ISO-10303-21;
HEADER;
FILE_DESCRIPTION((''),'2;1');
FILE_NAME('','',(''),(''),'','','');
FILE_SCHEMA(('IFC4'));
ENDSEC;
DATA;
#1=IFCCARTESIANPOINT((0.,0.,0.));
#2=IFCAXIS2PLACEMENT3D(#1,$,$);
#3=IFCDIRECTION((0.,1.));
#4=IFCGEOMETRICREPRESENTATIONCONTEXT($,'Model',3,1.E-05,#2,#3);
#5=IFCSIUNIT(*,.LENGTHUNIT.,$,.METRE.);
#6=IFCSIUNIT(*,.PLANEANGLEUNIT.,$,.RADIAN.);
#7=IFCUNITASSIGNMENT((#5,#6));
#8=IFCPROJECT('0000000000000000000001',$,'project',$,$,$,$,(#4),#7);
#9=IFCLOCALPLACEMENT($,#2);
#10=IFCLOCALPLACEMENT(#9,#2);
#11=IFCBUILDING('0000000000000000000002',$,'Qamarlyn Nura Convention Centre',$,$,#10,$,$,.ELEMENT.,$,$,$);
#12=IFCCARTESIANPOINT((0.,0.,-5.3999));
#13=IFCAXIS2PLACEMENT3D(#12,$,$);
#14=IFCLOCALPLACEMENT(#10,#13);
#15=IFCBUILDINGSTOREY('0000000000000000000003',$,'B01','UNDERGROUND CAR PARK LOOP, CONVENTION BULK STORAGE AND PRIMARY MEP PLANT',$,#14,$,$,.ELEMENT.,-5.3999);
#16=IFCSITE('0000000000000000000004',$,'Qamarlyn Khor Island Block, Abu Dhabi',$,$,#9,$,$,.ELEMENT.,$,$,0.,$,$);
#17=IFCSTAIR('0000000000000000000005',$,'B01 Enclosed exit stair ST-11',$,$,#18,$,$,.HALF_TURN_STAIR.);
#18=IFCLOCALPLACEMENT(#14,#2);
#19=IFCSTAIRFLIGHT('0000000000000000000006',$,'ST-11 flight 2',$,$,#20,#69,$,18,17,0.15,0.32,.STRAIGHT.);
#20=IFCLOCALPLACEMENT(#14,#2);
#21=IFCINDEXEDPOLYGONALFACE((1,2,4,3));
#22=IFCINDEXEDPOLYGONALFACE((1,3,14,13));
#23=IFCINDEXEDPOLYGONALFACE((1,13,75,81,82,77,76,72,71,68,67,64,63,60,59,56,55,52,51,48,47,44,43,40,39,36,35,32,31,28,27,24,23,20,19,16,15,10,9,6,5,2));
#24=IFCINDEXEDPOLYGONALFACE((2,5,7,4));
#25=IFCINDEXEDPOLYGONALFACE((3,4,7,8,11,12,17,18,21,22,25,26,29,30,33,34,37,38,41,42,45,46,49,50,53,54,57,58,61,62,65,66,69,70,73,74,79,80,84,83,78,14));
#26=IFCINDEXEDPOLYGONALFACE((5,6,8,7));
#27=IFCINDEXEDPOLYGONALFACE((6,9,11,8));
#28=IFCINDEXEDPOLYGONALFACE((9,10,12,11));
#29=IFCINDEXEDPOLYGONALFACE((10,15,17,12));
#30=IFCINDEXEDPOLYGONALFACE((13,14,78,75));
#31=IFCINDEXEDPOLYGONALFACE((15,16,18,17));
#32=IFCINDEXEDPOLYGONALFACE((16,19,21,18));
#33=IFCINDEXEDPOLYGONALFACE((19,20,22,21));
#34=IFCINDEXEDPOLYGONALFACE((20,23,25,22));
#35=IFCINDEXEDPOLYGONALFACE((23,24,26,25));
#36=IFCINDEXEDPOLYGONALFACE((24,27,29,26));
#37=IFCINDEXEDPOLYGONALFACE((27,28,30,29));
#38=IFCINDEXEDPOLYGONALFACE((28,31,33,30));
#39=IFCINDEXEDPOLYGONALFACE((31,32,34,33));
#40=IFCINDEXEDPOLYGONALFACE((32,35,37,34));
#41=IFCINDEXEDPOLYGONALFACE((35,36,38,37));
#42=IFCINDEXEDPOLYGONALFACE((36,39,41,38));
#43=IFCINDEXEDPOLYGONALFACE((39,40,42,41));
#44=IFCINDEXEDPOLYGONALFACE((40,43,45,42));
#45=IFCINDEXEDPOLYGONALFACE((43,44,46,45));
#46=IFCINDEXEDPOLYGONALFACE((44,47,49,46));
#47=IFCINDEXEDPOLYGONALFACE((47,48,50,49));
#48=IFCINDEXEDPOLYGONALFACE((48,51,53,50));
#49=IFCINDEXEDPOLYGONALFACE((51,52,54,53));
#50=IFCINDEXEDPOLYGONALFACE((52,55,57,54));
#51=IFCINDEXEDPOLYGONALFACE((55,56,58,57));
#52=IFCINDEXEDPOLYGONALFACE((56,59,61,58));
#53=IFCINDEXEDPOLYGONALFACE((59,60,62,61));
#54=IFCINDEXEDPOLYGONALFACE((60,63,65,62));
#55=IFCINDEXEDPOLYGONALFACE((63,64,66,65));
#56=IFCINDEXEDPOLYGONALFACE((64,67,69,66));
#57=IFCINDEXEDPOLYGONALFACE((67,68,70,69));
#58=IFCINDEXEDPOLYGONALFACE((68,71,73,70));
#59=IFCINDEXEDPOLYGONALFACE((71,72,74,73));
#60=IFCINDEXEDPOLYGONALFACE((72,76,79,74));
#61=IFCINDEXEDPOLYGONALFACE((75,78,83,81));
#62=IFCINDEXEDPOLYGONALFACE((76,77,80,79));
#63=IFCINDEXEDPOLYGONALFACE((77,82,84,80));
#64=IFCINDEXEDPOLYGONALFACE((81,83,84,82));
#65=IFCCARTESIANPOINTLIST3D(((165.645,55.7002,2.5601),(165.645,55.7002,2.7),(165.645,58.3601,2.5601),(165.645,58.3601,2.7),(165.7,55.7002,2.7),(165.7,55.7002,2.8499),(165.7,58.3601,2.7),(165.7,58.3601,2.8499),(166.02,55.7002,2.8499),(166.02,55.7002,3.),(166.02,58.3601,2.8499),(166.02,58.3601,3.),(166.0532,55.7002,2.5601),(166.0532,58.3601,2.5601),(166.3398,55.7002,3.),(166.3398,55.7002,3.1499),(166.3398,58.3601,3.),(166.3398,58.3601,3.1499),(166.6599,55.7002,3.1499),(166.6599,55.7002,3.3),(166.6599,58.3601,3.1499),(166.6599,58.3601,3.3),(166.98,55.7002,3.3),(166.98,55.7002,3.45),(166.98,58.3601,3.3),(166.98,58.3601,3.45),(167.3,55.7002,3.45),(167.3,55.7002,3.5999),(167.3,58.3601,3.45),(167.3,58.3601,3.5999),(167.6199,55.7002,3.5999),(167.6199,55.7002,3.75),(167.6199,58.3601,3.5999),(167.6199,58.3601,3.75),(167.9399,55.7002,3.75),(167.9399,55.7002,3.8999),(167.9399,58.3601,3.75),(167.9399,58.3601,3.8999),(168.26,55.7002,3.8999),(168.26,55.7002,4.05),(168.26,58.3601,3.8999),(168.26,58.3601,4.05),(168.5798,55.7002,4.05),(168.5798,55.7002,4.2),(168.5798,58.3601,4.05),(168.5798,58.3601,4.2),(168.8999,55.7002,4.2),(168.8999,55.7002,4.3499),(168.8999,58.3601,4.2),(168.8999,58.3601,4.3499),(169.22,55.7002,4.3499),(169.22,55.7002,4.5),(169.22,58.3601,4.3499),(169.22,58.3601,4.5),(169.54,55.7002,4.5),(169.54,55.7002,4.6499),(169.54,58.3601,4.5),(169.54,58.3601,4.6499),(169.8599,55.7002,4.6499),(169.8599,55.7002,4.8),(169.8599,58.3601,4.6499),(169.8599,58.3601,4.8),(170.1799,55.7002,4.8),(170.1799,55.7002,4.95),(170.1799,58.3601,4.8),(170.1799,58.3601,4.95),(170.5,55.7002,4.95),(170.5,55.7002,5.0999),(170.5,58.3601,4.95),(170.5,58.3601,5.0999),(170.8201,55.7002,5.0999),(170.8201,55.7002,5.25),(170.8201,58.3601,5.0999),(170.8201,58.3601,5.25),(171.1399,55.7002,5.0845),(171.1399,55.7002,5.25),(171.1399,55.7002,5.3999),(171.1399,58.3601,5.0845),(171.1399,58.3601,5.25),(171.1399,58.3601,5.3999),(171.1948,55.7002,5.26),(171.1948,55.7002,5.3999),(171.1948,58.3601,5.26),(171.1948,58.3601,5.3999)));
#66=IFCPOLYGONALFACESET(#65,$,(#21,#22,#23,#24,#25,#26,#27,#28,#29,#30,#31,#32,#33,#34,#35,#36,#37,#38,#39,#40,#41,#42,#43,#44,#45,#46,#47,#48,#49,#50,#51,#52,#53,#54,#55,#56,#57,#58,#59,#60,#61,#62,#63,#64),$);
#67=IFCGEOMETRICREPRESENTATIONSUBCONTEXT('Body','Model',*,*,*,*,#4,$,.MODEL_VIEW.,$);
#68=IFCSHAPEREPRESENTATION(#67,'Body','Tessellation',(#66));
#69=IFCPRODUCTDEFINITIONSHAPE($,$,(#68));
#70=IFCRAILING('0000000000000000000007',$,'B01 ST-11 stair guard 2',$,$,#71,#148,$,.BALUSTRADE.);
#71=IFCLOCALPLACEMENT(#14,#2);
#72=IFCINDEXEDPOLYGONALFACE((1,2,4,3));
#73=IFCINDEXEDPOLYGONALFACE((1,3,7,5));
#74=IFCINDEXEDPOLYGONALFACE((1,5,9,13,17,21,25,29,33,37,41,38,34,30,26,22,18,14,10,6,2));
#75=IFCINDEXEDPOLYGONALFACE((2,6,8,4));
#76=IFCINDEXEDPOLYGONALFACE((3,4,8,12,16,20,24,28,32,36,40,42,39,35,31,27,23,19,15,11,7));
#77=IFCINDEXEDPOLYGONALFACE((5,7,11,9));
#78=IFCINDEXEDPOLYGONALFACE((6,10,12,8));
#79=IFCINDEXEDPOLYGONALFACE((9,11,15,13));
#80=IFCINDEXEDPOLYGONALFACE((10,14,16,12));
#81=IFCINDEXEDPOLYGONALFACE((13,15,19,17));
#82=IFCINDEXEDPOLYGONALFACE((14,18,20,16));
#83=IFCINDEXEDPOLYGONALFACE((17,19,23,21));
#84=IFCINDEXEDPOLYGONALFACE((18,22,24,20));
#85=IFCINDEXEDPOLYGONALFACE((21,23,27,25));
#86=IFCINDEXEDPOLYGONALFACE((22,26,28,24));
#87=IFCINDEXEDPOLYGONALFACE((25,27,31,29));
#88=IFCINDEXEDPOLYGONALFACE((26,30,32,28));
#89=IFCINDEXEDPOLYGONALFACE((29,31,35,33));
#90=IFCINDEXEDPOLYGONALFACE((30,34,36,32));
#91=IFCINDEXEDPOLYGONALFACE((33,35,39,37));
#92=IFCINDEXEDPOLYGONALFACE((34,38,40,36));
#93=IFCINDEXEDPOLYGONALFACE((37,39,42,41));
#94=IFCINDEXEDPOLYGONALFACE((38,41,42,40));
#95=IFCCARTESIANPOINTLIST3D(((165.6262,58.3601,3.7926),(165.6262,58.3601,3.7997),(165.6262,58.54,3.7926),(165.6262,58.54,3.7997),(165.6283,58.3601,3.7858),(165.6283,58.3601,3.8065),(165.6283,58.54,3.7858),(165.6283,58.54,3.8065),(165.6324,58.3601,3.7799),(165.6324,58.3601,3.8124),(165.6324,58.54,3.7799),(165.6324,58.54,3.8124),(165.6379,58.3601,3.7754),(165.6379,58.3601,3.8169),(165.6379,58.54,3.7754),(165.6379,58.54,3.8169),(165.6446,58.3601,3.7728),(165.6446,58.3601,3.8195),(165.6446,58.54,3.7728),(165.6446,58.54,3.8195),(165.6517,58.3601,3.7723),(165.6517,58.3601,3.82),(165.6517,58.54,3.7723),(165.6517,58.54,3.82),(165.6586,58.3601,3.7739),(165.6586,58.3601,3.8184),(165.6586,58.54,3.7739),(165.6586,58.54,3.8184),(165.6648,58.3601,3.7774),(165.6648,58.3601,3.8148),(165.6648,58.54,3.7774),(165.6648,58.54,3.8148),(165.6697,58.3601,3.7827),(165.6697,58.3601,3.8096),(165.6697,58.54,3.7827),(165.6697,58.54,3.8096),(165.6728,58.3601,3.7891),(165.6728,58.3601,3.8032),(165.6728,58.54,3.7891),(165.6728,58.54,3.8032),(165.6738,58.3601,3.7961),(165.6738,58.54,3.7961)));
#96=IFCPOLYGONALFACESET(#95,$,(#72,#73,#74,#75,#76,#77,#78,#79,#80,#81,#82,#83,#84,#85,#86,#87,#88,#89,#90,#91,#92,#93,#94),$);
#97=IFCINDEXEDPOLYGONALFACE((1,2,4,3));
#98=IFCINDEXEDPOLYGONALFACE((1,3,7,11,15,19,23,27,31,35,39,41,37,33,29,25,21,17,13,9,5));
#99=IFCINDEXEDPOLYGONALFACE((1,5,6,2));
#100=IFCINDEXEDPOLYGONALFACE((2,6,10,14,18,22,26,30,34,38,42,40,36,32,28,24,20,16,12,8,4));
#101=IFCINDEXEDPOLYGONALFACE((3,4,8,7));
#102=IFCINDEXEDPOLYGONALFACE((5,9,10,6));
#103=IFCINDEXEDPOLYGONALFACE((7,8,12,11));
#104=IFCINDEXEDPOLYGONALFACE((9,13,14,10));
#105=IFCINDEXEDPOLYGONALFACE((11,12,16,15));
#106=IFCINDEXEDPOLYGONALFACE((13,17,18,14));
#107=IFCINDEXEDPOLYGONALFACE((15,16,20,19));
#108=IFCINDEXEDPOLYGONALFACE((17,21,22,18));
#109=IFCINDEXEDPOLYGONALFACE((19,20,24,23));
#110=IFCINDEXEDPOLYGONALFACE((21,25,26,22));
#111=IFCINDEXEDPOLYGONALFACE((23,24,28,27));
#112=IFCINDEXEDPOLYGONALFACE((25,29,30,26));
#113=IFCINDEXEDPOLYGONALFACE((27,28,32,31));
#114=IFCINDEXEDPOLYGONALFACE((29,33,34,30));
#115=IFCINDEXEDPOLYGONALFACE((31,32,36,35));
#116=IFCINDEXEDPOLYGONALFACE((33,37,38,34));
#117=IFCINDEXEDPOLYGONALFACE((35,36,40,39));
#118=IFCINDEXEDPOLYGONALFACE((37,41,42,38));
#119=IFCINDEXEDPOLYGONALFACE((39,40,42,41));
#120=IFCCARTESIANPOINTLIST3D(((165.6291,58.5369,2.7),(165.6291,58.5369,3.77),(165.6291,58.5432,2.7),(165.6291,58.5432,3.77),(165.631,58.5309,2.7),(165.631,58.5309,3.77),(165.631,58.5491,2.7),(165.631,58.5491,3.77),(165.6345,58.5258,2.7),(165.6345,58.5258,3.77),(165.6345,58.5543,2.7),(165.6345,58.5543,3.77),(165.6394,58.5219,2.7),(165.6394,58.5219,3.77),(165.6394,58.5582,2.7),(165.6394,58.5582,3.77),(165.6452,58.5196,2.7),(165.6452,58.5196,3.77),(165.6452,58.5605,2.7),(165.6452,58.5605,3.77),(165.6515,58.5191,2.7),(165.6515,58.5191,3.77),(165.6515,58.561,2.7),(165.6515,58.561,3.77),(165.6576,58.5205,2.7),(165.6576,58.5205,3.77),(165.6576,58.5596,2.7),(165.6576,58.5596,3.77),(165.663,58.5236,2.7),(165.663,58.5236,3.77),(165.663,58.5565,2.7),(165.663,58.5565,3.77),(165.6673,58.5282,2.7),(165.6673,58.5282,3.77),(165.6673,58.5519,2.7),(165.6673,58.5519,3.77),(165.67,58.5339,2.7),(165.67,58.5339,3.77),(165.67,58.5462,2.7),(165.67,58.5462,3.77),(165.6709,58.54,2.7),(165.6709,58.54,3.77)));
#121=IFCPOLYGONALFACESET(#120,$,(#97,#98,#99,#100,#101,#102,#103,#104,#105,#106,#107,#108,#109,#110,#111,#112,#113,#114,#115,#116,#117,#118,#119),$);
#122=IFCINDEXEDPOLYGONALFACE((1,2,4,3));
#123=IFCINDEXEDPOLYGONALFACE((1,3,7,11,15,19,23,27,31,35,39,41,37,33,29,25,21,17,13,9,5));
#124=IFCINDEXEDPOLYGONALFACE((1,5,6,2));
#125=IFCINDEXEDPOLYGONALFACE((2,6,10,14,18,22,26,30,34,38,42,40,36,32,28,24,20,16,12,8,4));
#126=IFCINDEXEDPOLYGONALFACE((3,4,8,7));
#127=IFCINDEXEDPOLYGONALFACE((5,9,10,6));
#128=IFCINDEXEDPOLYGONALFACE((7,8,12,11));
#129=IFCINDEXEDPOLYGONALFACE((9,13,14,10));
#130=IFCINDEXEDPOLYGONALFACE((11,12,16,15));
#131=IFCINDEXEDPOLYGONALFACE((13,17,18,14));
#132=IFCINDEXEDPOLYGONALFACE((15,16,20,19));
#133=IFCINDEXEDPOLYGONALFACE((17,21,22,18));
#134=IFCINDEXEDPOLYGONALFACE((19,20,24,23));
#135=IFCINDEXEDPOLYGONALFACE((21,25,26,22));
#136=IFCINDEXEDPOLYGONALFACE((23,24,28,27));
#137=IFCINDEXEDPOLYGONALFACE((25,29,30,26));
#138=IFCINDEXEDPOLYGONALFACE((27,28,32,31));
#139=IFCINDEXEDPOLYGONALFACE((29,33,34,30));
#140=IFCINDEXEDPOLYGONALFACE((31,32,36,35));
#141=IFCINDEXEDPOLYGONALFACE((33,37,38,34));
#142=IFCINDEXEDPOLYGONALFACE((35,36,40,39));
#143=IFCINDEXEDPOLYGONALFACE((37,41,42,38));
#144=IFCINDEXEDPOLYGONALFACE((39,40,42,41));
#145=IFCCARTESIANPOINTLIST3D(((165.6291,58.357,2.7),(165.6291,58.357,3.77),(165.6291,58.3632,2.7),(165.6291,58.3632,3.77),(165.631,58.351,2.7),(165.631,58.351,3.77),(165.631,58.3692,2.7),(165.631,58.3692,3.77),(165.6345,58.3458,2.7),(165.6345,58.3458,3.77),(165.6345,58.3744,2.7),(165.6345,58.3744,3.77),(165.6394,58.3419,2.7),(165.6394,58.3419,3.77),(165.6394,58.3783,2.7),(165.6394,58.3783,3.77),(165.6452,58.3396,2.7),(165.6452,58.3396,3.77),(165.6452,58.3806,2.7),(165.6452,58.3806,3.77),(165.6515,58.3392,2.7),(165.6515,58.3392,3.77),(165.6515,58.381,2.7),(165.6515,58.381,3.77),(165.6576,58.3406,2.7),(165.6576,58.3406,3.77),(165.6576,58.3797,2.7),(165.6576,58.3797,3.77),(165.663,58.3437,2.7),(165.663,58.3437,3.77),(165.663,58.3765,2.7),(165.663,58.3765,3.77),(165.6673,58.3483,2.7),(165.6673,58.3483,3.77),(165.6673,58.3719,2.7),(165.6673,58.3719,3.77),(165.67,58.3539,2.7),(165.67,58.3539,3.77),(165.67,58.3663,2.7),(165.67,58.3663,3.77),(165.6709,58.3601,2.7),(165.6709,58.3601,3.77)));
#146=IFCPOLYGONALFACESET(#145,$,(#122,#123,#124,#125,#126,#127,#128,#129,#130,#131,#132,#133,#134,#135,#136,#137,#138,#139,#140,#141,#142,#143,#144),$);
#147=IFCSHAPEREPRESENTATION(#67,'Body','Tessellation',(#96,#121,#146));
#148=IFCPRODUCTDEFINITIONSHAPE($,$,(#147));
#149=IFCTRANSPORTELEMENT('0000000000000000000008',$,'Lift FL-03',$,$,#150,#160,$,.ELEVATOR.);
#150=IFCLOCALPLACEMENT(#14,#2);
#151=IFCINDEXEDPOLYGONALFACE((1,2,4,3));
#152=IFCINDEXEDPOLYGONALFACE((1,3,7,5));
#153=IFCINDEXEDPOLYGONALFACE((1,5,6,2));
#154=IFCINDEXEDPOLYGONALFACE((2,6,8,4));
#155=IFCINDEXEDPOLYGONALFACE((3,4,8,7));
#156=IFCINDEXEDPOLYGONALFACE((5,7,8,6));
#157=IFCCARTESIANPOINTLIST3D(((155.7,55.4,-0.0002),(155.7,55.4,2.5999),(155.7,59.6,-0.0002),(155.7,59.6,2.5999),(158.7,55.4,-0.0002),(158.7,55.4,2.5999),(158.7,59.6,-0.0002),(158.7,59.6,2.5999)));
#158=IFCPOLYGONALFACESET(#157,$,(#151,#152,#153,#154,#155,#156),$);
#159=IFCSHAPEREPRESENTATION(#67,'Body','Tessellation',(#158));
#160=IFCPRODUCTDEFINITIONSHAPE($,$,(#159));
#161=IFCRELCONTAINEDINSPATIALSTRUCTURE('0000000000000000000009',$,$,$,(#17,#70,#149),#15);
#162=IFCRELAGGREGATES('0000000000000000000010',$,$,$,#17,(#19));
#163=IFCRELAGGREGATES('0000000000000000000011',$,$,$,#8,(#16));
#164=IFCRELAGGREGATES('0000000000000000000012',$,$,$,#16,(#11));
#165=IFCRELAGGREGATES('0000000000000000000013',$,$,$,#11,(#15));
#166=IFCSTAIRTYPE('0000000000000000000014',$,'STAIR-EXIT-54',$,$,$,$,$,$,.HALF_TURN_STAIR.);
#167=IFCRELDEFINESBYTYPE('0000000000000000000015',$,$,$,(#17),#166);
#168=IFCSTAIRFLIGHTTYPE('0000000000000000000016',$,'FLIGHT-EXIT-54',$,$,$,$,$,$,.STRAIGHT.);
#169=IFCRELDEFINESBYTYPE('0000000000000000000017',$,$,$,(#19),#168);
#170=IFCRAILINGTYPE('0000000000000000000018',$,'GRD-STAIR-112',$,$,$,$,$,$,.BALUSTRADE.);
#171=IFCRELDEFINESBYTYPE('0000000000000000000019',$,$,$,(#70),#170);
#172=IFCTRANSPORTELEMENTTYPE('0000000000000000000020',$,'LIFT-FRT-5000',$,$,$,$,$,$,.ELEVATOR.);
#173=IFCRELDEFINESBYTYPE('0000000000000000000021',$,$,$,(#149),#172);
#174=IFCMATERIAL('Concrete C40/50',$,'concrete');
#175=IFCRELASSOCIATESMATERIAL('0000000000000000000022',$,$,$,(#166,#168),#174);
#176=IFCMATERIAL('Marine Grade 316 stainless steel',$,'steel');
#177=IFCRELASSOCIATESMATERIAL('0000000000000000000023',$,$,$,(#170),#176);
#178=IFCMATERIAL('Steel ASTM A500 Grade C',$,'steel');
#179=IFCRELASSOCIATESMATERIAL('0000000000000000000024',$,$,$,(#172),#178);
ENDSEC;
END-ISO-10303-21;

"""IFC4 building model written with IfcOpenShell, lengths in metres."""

from ifc_helpers import new_model, si_unit, direction, frame, origin, origin_2d, place, context, subcontext, project, spatial, polyline, rectangle, circle, outline, extrude, material, type_object, element, aggregate, save


model = new_model("IFC4")

# Units and contexts
model_context = context("Model", 3, precision=1e-05, world=origin(), true_north=direction((0.0, 1.0)))
body_context = subcontext(model_context, "Body", "Model", "MODEL_VIEW")
ifc_project = project(units=[si_unit("LENGTHUNIT", "METRE"), si_unit("PLANEANGLEUNIT", "RADIAN")], contexts=[model_context])

# Site, building, storey
site_placement = place(None, origin())
site = spatial("IfcSite", under=ifc_project, at=site_placement, Name="Qamarlyn Khor Island Block, Abu Dhabi", CompositionType="ELEMENT", RefElevation=0.0)
building_placement = place(site_placement, origin())
building = spatial("IfcBuilding", under=site, at=building_placement, Name="Qamarlyn Nura Convention Centre", CompositionType="ELEMENT")
storey_placement = place(building_placement, frame((0.0, 0.0, -5.3999)))
storey = spatial("IfcBuildingStorey", under=building, at=storey_placement, Name="B01", Description="UNDERGROUND CAR PARK LOOP, CONVENTION BULK STORAGE AND PRIMARY MEP PLANT", CompositionType="ELEMENT", Elevation=-5.3999)

# Shared definitions
ifc_material_1 = material(Name="Concrete C40/50", Category="concrete")

# Stair, stair flight
stair_type = type_object("IfcStairType", Name="STAIR-EXIT-54", PredefinedType="HALF_TURN_STAIR", material=ifc_material_1)
stair_placement = place(storey_placement, origin())
stair = element("IfcStair", 1, at=stair_placement, inside=storey, type_object=stair_type, Name="B01 Enclosed exit stair ST-11", PredefinedType="HALF_TURN_STAIR")
stair_flight_type = type_object("IfcStairFlightType", Name="FLIGHT-EXIT-54", PredefinedType="STRAIGHT", material=ifc_material_1)
stair_flight_placement = place(storey_placement, frame((165.7, 57.03, 2.7), z_axis=(0.0, 0.0, 1.0), x_axis=(1.0, 0.0, 0.0)))
stair_flight = element("IfcStairFlight", 2, at=stair_flight_placement, type_object=stair_flight_type, Name="ST-11 flight 2", NumberOfRisers=18, NumberOfTreads=17, PredefinedType="STRAIGHT", RiserHeight=0.15, TreadLength=0.32, context=body_context, shape_type="SweptSolid", body=[
    extrude(outline(polyline([(-0.0549, 0.0), (0.0, 0.0), (0.0, 0.1499), (0.3201, 0.1499), (0.3201, 0.3), (0.6399, 0.3), (0.6399, 0.45), (0.96, 0.45), (0.96, 0.6001), (1.28, 0.6001), (1.28, 0.75), (1.6001, 0.75), (1.6001, 0.8999), (1.9199, 0.8999), (1.9199, 1.05), (2.24, 1.05), (2.24, 1.2), (2.5601, 1.2), (2.5601, 1.3501), (2.8799, 1.3501), (2.8799, 1.5), (3.2, 1.5), (3.2, 1.6499), (3.52, 1.6499), (3.52, 1.8), (3.8401, 1.8), (3.8401, 1.95), (4.1599, 1.95), (4.1599, 2.1001), (4.48, 2.1001), (4.48, 2.25), (4.8, 2.25), (4.8, 2.3999), (5.1201, 2.3999), (5.1201, 2.55), (5.4399, 2.55), (5.4399, 2.7), (5.4949, 2.7), (5.4949, 2.5601), (5.4399, 2.3845), (0.3533, -0.1399), (-0.0549, -0.1399), (-0.0549, 0.0)])), frame((0.0, 1.3301, 0.0), z_axis=(0.0, -1.0, 0.0), x_axis=(1.0, 0.0, 0.0)), (0.0, 0.0, 1.0), 2.6599),
])
aggregate(stair, [stair_flight])

# Railing
ifc_material_2 = material(Name="Marine Grade 316 stainless steel", Category="steel")
railing_type_1 = type_object("IfcRailingType", Name="GRD-STAIR-112", PredefinedType="BALUSTRADE", material=ifc_material_2)
railing_1_placement = place(storey_placement, frame((165.6499, 58.54, 2.7)))
element("IfcRailing", 3, at=railing_1_placement, inside=storey, type_object=railing_type_1, Name="B01 ST-11 stair guard 2", PredefinedType="BALUSTRADE", context=body_context, shape_type="SweptSolid", body=[
    extrude(circle(Radius=0.0239, at=origin_2d()), frame((0.0, 0.0, 1.0962), z_axis=(0.0, -1.0, 0.0), x_axis=(1.0, 0.0, 0.0)), (0.0, 0.0, 1.0), 0.1799),
    extrude(circle(Radius=0.021, at=origin_2d()), origin(), (0.0, 0.0, 1.0), 1.0701),
    extrude(circle(Radius=0.021, at=origin_2d()), frame((0.0, -0.1799, 0.0)), (0.0, 0.0, 1.0), 1.0701),
])

# Transport element
ifc_material_3 = material(Name="Steel ASTM A500 Grade C", Category="steel")
transport_element_type = type_object("IfcTransportElementType", Name="LIFT-FRT-5000", PredefinedType="ELEVATOR", material=ifc_material_3)
transport_element_placement = place(storey_placement, frame((157.2, 57.5, -0.0002), z_axis=(0.0, 0.0, 1.0), x_axis=(1.0, 0.0, 0.0)))
element("IfcTransportElement", 4, at=transport_element_placement, inside=storey, type_object=transport_element_type, Name="Lift FL-03", PredefinedType="ELEVATOR", context=body_context, shape_type="SweptSolid", body=[
    extrude(rectangle(XDim=3.0, YDim=4.2, at=origin_2d()), origin(), (0.0, 0.0, 1.0), 2.6001),
])

save(model, "model.ifc")
